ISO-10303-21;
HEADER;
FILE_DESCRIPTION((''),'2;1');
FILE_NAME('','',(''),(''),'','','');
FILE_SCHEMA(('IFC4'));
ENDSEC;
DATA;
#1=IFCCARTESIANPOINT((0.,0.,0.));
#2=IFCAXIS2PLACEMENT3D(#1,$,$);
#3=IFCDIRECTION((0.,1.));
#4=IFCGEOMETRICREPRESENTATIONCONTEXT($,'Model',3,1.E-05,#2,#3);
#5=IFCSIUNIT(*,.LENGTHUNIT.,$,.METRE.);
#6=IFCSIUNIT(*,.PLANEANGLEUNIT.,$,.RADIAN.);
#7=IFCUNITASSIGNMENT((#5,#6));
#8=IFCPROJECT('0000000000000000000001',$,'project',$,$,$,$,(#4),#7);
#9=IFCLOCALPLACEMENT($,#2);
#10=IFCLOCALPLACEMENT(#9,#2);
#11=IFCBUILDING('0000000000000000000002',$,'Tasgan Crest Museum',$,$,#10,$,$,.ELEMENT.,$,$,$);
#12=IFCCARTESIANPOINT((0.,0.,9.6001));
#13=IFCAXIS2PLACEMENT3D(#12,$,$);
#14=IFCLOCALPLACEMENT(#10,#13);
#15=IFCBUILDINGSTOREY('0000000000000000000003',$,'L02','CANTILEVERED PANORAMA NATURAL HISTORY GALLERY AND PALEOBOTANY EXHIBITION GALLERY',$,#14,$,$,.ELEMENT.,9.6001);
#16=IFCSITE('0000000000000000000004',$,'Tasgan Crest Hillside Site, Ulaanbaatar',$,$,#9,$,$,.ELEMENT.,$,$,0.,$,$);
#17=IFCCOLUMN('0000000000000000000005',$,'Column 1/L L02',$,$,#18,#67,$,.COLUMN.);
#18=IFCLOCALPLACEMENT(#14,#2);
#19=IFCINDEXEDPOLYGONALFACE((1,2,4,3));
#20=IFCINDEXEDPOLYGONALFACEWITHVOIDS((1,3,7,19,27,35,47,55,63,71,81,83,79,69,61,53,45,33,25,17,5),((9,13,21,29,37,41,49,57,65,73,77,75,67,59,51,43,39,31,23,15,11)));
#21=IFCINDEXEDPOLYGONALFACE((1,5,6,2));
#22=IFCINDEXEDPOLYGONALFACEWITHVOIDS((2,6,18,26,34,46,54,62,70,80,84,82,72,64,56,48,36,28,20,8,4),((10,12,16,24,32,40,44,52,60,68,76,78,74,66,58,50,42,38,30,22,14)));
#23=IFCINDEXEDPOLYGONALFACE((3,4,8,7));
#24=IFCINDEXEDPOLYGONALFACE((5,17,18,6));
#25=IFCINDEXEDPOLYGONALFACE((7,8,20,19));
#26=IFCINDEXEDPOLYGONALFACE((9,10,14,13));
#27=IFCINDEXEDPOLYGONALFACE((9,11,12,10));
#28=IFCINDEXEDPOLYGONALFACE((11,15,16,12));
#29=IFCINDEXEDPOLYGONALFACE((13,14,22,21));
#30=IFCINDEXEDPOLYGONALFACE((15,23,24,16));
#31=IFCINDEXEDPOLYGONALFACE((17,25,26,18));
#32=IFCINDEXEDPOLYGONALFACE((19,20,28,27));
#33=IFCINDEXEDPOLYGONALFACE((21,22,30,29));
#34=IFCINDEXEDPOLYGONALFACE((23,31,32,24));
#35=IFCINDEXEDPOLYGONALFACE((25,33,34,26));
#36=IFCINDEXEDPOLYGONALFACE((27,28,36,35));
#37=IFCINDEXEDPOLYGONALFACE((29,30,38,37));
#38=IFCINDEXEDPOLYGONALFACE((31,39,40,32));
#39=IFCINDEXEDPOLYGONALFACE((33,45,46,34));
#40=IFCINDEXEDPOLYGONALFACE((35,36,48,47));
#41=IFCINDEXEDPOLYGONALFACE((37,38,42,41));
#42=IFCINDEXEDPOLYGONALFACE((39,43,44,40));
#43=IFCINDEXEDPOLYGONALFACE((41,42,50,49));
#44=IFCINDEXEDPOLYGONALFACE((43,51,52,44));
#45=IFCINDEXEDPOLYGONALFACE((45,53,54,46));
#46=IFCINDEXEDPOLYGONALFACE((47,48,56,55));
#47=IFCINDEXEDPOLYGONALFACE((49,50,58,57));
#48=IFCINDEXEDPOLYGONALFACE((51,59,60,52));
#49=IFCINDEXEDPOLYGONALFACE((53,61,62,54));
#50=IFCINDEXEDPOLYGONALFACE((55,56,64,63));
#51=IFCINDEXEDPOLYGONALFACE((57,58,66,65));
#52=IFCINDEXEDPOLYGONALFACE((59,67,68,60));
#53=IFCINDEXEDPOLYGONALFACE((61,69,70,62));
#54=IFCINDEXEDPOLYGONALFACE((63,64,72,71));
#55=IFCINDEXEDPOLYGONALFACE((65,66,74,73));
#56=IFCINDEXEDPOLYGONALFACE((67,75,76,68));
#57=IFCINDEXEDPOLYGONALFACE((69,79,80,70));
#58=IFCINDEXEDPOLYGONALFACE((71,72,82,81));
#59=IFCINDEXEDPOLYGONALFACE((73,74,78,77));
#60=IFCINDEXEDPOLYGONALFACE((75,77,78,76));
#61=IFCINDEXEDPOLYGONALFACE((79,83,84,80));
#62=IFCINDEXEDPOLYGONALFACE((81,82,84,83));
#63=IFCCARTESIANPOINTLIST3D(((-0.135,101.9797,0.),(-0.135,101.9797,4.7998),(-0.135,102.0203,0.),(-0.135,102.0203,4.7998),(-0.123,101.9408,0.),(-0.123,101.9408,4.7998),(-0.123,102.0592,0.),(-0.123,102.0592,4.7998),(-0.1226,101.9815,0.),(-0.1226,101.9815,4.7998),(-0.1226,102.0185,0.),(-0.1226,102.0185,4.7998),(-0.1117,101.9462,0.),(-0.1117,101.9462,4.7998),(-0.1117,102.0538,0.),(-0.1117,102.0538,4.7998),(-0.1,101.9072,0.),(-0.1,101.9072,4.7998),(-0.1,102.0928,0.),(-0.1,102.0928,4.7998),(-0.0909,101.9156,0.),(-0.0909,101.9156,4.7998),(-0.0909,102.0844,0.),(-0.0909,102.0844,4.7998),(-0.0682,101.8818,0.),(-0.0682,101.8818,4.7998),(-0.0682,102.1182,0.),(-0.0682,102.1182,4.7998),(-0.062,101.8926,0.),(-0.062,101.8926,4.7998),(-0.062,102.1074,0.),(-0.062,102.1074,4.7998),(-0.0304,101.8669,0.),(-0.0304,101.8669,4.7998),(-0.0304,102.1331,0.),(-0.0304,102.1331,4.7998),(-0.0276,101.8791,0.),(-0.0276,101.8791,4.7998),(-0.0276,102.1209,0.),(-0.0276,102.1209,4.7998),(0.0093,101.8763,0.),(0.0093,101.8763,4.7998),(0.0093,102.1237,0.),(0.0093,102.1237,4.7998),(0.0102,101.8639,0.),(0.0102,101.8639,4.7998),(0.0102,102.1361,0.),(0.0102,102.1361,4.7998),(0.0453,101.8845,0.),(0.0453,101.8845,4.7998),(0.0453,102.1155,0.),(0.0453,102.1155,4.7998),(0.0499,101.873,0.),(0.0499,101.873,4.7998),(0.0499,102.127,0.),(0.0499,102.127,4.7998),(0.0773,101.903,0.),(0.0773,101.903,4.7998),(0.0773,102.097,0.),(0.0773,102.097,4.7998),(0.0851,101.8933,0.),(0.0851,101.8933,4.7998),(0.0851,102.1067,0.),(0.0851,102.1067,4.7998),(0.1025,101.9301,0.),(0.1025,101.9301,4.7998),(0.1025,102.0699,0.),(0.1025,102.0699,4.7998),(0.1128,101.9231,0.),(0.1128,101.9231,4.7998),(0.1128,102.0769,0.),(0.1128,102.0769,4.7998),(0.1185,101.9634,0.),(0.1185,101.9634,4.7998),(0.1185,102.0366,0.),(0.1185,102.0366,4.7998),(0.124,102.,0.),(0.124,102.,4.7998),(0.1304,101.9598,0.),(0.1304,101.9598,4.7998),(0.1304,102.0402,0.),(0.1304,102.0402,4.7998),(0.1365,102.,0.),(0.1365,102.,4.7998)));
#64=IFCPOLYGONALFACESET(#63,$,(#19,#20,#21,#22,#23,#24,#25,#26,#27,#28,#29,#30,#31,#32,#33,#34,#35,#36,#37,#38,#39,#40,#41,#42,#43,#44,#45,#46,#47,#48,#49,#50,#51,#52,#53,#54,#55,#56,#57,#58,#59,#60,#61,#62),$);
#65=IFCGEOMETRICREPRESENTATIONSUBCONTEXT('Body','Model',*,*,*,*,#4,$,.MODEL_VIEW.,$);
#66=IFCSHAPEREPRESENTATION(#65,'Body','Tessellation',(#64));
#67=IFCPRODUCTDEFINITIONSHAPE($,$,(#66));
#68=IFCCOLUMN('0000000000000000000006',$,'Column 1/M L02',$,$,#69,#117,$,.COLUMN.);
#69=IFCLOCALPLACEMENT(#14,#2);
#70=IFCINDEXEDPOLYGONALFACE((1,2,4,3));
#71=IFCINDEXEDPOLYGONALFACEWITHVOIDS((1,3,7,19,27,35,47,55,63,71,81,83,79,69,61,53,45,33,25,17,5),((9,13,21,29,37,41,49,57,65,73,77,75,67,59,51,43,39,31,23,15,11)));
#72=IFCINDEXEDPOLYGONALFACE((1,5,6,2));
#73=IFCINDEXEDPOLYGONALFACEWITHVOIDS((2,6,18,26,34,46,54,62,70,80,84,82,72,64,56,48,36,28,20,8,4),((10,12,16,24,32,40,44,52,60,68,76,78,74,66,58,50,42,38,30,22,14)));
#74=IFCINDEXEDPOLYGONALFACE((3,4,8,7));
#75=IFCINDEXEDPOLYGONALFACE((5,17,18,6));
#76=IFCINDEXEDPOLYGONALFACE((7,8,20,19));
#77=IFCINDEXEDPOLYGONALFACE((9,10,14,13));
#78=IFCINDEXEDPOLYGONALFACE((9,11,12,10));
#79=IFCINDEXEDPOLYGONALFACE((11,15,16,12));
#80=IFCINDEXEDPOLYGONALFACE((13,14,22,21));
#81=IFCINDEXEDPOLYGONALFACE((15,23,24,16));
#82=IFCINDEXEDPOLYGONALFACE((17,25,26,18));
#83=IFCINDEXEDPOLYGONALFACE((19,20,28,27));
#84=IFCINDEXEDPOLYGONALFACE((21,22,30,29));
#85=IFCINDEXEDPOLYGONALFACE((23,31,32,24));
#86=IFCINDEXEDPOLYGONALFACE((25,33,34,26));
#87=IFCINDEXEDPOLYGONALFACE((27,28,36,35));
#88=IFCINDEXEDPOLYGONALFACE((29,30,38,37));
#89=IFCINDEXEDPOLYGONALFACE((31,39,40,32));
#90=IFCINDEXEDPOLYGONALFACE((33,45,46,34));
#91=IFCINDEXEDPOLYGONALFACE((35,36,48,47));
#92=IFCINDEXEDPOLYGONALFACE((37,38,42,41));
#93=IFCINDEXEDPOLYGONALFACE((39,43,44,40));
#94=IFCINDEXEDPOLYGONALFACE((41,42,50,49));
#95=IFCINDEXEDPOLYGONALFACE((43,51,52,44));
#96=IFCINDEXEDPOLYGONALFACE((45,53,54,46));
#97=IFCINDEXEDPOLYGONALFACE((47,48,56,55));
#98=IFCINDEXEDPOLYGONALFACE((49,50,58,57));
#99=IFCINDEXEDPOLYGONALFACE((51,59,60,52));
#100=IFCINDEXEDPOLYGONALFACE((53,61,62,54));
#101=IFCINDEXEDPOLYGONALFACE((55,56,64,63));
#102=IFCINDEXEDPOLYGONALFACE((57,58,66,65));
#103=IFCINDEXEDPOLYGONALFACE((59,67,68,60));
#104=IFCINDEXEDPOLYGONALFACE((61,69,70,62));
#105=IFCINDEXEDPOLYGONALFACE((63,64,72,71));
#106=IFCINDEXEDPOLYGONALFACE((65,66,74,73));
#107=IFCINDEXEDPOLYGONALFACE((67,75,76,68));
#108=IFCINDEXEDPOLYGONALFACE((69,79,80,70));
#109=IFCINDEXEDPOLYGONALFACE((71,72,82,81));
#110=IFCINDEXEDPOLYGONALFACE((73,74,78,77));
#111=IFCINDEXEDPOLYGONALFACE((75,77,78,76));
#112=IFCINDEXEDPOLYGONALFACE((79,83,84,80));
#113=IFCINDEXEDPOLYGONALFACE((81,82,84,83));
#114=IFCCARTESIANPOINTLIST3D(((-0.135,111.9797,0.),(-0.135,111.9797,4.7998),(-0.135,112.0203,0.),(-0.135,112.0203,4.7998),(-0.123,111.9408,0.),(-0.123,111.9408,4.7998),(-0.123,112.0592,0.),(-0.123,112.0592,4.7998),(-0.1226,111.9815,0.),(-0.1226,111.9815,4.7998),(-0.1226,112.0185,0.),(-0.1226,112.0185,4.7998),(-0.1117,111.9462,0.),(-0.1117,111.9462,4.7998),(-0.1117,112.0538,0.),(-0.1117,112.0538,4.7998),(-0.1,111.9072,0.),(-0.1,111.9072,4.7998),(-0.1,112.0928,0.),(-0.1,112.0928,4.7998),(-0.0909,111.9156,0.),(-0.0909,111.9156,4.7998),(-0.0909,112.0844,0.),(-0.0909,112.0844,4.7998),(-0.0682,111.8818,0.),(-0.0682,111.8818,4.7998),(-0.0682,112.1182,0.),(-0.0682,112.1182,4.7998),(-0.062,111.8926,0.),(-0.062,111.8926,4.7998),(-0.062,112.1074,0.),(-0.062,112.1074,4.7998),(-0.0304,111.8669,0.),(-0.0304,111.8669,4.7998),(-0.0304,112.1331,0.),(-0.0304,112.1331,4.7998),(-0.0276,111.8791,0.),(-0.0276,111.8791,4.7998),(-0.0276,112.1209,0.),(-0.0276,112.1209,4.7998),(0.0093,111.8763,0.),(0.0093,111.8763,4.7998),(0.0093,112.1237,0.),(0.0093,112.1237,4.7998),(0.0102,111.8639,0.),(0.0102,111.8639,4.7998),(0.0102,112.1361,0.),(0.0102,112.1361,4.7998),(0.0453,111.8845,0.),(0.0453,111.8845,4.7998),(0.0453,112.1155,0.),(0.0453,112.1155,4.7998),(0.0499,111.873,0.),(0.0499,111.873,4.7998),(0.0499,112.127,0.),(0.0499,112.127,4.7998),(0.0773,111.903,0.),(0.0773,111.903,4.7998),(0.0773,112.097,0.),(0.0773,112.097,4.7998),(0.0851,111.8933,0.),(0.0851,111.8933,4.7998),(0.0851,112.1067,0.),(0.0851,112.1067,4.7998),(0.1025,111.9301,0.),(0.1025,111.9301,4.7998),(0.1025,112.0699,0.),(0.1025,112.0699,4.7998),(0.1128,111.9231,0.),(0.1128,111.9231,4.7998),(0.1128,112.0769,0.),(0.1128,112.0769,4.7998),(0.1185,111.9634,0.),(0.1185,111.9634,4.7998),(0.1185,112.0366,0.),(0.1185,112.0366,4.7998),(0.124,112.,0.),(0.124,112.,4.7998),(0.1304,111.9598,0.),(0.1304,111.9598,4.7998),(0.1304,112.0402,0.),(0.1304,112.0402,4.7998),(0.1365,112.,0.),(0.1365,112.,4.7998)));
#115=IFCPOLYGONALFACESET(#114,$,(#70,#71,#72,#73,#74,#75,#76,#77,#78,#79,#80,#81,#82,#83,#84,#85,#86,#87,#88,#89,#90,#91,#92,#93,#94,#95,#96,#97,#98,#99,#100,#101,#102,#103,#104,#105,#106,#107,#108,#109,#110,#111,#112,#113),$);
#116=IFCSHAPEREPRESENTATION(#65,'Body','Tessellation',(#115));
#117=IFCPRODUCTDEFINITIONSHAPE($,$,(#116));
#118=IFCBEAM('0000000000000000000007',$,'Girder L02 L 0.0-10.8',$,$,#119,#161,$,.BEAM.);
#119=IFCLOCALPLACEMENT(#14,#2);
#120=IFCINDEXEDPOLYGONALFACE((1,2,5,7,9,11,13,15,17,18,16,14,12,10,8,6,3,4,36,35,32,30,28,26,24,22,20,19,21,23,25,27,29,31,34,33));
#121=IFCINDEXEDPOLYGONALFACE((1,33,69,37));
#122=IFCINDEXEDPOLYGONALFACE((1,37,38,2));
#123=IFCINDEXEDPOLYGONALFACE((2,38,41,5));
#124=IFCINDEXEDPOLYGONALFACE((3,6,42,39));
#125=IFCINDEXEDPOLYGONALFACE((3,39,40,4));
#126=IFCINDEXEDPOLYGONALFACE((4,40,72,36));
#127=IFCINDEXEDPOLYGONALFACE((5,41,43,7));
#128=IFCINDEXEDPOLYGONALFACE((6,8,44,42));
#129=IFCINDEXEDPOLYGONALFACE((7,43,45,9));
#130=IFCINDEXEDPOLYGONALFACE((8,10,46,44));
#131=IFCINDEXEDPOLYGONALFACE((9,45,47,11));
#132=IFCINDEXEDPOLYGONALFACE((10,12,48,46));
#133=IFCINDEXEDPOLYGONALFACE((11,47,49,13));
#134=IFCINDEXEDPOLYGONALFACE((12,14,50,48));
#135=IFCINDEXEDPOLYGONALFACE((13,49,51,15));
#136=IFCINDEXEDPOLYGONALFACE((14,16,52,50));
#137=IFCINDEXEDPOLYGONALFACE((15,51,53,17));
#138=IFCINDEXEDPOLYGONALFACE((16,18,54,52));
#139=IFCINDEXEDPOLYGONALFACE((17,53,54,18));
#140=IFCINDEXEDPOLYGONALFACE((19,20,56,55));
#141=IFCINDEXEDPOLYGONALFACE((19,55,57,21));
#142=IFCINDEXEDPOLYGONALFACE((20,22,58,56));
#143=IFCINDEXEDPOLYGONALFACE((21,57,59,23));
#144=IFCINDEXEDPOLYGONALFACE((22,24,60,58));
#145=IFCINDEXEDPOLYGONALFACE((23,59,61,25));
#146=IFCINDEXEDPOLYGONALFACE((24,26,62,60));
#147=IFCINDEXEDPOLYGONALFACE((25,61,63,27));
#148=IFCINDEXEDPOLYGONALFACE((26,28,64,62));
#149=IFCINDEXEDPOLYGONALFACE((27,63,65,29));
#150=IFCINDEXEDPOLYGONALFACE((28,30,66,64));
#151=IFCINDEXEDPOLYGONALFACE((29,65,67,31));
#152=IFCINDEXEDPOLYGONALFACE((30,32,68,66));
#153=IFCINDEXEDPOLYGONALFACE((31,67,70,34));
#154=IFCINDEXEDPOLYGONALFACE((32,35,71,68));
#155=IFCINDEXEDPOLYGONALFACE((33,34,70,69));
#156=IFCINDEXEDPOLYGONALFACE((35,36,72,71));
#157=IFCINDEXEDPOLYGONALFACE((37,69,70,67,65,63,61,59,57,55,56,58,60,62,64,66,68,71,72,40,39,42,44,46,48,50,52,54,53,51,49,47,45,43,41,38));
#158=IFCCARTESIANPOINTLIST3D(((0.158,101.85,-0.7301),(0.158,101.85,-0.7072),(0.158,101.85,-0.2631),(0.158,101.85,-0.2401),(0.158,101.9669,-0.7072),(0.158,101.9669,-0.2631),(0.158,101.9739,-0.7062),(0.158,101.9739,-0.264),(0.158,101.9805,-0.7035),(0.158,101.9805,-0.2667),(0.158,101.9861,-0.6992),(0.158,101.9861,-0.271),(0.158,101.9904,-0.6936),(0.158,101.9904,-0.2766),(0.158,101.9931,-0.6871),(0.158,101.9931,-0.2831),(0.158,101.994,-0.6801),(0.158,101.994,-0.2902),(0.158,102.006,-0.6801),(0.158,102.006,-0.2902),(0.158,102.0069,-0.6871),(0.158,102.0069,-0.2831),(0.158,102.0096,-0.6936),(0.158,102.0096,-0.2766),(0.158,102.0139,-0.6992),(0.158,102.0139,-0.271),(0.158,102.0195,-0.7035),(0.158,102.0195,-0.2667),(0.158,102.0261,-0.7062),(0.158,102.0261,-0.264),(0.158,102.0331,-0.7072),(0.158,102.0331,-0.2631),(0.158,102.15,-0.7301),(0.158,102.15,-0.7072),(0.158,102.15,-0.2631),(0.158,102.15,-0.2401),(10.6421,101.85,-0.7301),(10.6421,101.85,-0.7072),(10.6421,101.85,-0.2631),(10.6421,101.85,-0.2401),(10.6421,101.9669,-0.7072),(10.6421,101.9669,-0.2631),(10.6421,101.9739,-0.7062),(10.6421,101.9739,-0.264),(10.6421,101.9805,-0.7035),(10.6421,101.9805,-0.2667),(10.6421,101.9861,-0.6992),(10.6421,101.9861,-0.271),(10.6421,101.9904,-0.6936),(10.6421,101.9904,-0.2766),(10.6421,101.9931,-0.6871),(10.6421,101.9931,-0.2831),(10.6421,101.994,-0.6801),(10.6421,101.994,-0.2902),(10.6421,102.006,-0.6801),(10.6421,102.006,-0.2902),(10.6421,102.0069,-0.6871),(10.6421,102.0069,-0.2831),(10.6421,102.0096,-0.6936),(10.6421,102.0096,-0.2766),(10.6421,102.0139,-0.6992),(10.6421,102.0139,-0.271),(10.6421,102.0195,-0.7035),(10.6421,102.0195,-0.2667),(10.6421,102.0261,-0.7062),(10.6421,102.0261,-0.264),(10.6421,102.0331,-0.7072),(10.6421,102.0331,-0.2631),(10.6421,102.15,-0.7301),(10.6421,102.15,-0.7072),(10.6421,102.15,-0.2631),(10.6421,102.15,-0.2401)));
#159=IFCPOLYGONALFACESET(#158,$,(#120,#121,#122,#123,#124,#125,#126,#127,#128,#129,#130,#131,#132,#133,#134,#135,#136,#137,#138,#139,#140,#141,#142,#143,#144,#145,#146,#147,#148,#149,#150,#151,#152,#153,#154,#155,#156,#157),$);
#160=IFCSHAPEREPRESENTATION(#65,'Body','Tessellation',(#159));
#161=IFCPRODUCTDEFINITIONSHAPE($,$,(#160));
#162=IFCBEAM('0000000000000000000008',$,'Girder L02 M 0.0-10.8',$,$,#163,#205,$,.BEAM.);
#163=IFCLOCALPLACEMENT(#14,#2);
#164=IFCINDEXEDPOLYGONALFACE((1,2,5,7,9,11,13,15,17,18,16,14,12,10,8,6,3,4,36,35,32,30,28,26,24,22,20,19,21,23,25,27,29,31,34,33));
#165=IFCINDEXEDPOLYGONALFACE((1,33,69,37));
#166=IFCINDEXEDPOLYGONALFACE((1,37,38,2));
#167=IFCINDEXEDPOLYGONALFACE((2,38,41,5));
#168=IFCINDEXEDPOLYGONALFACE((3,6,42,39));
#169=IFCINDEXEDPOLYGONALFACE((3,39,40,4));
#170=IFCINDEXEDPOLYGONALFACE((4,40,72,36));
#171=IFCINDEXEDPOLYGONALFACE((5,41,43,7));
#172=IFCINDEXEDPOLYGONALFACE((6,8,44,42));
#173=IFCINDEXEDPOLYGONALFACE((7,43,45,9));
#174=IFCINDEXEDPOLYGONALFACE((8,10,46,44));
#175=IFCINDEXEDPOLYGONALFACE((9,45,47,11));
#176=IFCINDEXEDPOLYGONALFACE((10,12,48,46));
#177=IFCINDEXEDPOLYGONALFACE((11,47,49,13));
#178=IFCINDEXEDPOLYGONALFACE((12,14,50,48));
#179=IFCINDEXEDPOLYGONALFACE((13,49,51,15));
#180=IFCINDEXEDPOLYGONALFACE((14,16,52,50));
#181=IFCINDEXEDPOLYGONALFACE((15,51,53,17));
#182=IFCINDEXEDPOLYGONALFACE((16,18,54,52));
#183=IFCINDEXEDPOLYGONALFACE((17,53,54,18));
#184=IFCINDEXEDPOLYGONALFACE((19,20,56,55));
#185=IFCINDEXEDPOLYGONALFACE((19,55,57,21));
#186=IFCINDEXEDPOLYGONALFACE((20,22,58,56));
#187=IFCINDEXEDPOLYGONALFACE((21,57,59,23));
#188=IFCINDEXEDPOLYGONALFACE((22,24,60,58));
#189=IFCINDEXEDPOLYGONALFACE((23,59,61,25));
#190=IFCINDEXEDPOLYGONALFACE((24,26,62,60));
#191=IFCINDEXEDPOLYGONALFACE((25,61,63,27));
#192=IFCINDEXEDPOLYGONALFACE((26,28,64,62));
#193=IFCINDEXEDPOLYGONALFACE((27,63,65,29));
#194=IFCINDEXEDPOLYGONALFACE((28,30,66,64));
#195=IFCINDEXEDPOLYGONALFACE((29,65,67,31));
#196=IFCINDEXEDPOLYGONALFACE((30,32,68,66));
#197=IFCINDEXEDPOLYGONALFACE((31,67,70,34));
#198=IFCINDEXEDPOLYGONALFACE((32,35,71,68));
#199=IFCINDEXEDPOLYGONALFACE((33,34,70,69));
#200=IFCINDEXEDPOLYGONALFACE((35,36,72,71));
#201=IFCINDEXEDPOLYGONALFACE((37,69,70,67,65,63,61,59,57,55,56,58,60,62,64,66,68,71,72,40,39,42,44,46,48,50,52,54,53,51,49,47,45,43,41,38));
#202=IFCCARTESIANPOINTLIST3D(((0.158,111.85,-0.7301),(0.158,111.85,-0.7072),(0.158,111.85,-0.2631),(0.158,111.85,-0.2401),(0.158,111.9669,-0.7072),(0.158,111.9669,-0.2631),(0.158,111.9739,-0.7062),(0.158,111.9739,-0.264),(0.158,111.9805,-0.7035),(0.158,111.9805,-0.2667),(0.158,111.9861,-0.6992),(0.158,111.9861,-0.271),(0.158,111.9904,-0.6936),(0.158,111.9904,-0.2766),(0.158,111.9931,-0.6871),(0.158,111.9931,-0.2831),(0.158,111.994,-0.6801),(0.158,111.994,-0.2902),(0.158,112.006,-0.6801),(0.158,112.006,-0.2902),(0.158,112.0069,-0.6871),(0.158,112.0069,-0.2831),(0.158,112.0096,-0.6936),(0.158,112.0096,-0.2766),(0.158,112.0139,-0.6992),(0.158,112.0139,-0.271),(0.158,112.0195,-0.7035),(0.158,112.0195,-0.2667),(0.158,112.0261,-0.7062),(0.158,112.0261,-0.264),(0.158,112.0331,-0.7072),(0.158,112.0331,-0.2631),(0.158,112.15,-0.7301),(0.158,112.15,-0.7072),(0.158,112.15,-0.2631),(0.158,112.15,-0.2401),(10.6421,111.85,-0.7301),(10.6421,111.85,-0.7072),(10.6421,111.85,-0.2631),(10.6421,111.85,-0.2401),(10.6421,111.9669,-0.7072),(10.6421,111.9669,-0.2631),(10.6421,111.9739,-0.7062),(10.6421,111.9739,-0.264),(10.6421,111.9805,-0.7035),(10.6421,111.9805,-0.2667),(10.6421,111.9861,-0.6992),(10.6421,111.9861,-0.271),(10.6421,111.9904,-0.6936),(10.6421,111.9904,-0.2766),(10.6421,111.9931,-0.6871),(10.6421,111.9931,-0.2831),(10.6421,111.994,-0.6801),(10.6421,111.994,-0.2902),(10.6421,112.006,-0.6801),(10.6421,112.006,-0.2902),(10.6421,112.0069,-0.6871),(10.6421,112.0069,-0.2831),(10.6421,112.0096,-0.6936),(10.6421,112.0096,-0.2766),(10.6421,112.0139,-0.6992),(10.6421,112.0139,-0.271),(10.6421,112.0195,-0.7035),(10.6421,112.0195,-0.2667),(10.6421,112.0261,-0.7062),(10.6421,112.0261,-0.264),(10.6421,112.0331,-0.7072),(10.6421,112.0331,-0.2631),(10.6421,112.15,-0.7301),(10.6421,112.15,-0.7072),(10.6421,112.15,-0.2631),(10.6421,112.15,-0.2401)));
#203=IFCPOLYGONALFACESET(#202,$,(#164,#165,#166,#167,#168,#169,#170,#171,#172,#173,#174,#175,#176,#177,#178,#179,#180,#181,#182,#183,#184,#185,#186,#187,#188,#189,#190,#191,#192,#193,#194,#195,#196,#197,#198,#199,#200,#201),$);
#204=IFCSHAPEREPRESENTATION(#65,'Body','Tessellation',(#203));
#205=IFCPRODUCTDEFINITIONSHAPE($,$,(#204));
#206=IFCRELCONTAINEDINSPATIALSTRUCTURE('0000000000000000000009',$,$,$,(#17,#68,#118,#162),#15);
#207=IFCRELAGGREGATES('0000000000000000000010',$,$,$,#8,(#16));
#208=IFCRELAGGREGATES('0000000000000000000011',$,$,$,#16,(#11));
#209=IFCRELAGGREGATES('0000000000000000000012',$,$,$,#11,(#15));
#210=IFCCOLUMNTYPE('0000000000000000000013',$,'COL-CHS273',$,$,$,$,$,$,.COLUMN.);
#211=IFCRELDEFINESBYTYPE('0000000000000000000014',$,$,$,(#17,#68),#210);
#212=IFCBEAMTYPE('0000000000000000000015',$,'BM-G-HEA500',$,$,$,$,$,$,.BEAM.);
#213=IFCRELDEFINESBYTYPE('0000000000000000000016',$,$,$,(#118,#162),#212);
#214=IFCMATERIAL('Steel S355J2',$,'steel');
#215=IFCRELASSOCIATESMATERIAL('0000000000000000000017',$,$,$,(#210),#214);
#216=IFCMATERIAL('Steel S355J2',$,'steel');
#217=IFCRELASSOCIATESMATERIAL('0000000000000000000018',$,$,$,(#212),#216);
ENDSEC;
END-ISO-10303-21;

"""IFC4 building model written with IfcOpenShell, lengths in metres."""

from ifc_helpers import new_model, si_unit, direction, frame, origin, origin_2d, place, context, subcontext, project, spatial, hollow_circle, i_section, extrude, material, material_profile, profile_set, type_object, element, save


model = new_model("IFC4")

# Units and contexts
model_context = context("Model", 3, precision=1e-05, world=origin(), true_north=direction((0.0, 1.0)))
body_context = subcontext(model_context, "Body", "Model", "MODEL_VIEW")
ifc_project = project(units=[si_unit("LENGTHUNIT", "METRE"), si_unit("PLANEANGLEUNIT", "RADIAN")], contexts=[model_context])

# Site, building, storey
site_placement = place(None, origin())
site = spatial("IfcSite", under=ifc_project, at=site_placement, Name="Tasgan Crest Hillside Site, Ulaanbaatar", CompositionType="ELEMENT", RefElevation=0.0)
building_placement = place(site_placement, origin())
building = spatial("IfcBuilding", under=site, at=building_placement, Name="Tasgan Crest Museum", CompositionType="ELEMENT")
storey_placement = place(building_placement, frame((0.0, 0.0, 9.6001)))
storey = spatial("IfcBuildingStorey", under=building, at=storey_placement, Name="L02", Description="CANTILEVERED PANORAMA NATURAL HISTORY GALLERY AND PALEOBOTANY EXHIBITION GALLERY", CompositionType="ELEMENT", Elevation=9.6001)

# Columns
ifc_material_1 = material(Name="Steel S355J2", Category="steel")
ifc_material_profile_1 = material_profile(ifc_material_1, hollow_circle(Radius=0.1365, WallThickness=0.0125, at=origin_2d()), Name="CHS 273x12.5")
ifc_profile_set_1 = profile_set([ifc_material_profile_1], Name="Steel S355J2")
column_type = type_object("IfcColumnType", Name="COL-CHS273", PredefinedType="COLUMN", material=ifc_profile_set_1)
for number, where, z_axis, x_axis, name in (
    (1, (0.0, 102.0, 0.0), (0.0, 0.0, 1.0), (1.0, 0.0, 0.0), "Column 1/L L02"),
    (2, (0.0, 112.0, 0.0), (0.0, 0.0, 1.0), (1.0, 0.0, 0.0), "Column 1/M L02"),
):
    element("IfcColumn", number, at=place(storey_placement, frame(where, z_axis=z_axis, x_axis=x_axis)), inside=storey, type_object=column_type, Name=name, PredefinedType="COLUMN", context=body_context, shape_type="SweptSolid", body=[
        extrude(hollow_circle(Radius=0.1365, WallThickness=0.0125, at=origin_2d()), origin(), (0.0, 0.0, 1.0), 4.7998),
    ])

# Beams
ifc_material_2 = material(Name="Steel S355J2", Category="steel")
ifc_material_profile_2 = material_profile(ifc_material_2, i_section(OverallWidth=0.3, OverallDepth=0.49, WebThickness=0.012, FlangeThickness=0.0229, FilletRadius=0.0271, at=origin_2d()), Name="HEA 500")
ifc_profile_set_2 = profile_set([ifc_material_profile_2], Name="Steel S355J2")
beam_type_1 = type_object("IfcBeamType", Name="BM-G-HEA500", PredefinedType="BEAM", material=ifc_profile_set_2)
for number, where, z_axis, x_axis, name in (
    (3, (0.158, 102.0, -0.4851), (1.0, 0.0, 0.0), (0.0, 1.0, 0.0), "Girder L02 L 0.0-10.8"),
    (4, (0.158, 112.0, -0.4851), (1.0, 0.0, 0.0), (0.0, 1.0, 0.0), "Girder L02 M 0.0-10.8"),
):
    element("IfcBeam", number, at=place(storey_placement, frame(where, z_axis=z_axis, x_axis=x_axis)), inside=storey, type_object=beam_type_1, Name=name, PredefinedType="BEAM", context=body_context, shape_type="SweptSolid", body=[
        extrude(i_section(OverallWidth=0.3, OverallDepth=0.49, WebThickness=0.012, FlangeThickness=0.0229, FilletRadius=0.0271, at=origin_2d()), origin(), (0.0, 0.0, 1.0), 10.4841),
    ])

save(model, "model.ifc")
